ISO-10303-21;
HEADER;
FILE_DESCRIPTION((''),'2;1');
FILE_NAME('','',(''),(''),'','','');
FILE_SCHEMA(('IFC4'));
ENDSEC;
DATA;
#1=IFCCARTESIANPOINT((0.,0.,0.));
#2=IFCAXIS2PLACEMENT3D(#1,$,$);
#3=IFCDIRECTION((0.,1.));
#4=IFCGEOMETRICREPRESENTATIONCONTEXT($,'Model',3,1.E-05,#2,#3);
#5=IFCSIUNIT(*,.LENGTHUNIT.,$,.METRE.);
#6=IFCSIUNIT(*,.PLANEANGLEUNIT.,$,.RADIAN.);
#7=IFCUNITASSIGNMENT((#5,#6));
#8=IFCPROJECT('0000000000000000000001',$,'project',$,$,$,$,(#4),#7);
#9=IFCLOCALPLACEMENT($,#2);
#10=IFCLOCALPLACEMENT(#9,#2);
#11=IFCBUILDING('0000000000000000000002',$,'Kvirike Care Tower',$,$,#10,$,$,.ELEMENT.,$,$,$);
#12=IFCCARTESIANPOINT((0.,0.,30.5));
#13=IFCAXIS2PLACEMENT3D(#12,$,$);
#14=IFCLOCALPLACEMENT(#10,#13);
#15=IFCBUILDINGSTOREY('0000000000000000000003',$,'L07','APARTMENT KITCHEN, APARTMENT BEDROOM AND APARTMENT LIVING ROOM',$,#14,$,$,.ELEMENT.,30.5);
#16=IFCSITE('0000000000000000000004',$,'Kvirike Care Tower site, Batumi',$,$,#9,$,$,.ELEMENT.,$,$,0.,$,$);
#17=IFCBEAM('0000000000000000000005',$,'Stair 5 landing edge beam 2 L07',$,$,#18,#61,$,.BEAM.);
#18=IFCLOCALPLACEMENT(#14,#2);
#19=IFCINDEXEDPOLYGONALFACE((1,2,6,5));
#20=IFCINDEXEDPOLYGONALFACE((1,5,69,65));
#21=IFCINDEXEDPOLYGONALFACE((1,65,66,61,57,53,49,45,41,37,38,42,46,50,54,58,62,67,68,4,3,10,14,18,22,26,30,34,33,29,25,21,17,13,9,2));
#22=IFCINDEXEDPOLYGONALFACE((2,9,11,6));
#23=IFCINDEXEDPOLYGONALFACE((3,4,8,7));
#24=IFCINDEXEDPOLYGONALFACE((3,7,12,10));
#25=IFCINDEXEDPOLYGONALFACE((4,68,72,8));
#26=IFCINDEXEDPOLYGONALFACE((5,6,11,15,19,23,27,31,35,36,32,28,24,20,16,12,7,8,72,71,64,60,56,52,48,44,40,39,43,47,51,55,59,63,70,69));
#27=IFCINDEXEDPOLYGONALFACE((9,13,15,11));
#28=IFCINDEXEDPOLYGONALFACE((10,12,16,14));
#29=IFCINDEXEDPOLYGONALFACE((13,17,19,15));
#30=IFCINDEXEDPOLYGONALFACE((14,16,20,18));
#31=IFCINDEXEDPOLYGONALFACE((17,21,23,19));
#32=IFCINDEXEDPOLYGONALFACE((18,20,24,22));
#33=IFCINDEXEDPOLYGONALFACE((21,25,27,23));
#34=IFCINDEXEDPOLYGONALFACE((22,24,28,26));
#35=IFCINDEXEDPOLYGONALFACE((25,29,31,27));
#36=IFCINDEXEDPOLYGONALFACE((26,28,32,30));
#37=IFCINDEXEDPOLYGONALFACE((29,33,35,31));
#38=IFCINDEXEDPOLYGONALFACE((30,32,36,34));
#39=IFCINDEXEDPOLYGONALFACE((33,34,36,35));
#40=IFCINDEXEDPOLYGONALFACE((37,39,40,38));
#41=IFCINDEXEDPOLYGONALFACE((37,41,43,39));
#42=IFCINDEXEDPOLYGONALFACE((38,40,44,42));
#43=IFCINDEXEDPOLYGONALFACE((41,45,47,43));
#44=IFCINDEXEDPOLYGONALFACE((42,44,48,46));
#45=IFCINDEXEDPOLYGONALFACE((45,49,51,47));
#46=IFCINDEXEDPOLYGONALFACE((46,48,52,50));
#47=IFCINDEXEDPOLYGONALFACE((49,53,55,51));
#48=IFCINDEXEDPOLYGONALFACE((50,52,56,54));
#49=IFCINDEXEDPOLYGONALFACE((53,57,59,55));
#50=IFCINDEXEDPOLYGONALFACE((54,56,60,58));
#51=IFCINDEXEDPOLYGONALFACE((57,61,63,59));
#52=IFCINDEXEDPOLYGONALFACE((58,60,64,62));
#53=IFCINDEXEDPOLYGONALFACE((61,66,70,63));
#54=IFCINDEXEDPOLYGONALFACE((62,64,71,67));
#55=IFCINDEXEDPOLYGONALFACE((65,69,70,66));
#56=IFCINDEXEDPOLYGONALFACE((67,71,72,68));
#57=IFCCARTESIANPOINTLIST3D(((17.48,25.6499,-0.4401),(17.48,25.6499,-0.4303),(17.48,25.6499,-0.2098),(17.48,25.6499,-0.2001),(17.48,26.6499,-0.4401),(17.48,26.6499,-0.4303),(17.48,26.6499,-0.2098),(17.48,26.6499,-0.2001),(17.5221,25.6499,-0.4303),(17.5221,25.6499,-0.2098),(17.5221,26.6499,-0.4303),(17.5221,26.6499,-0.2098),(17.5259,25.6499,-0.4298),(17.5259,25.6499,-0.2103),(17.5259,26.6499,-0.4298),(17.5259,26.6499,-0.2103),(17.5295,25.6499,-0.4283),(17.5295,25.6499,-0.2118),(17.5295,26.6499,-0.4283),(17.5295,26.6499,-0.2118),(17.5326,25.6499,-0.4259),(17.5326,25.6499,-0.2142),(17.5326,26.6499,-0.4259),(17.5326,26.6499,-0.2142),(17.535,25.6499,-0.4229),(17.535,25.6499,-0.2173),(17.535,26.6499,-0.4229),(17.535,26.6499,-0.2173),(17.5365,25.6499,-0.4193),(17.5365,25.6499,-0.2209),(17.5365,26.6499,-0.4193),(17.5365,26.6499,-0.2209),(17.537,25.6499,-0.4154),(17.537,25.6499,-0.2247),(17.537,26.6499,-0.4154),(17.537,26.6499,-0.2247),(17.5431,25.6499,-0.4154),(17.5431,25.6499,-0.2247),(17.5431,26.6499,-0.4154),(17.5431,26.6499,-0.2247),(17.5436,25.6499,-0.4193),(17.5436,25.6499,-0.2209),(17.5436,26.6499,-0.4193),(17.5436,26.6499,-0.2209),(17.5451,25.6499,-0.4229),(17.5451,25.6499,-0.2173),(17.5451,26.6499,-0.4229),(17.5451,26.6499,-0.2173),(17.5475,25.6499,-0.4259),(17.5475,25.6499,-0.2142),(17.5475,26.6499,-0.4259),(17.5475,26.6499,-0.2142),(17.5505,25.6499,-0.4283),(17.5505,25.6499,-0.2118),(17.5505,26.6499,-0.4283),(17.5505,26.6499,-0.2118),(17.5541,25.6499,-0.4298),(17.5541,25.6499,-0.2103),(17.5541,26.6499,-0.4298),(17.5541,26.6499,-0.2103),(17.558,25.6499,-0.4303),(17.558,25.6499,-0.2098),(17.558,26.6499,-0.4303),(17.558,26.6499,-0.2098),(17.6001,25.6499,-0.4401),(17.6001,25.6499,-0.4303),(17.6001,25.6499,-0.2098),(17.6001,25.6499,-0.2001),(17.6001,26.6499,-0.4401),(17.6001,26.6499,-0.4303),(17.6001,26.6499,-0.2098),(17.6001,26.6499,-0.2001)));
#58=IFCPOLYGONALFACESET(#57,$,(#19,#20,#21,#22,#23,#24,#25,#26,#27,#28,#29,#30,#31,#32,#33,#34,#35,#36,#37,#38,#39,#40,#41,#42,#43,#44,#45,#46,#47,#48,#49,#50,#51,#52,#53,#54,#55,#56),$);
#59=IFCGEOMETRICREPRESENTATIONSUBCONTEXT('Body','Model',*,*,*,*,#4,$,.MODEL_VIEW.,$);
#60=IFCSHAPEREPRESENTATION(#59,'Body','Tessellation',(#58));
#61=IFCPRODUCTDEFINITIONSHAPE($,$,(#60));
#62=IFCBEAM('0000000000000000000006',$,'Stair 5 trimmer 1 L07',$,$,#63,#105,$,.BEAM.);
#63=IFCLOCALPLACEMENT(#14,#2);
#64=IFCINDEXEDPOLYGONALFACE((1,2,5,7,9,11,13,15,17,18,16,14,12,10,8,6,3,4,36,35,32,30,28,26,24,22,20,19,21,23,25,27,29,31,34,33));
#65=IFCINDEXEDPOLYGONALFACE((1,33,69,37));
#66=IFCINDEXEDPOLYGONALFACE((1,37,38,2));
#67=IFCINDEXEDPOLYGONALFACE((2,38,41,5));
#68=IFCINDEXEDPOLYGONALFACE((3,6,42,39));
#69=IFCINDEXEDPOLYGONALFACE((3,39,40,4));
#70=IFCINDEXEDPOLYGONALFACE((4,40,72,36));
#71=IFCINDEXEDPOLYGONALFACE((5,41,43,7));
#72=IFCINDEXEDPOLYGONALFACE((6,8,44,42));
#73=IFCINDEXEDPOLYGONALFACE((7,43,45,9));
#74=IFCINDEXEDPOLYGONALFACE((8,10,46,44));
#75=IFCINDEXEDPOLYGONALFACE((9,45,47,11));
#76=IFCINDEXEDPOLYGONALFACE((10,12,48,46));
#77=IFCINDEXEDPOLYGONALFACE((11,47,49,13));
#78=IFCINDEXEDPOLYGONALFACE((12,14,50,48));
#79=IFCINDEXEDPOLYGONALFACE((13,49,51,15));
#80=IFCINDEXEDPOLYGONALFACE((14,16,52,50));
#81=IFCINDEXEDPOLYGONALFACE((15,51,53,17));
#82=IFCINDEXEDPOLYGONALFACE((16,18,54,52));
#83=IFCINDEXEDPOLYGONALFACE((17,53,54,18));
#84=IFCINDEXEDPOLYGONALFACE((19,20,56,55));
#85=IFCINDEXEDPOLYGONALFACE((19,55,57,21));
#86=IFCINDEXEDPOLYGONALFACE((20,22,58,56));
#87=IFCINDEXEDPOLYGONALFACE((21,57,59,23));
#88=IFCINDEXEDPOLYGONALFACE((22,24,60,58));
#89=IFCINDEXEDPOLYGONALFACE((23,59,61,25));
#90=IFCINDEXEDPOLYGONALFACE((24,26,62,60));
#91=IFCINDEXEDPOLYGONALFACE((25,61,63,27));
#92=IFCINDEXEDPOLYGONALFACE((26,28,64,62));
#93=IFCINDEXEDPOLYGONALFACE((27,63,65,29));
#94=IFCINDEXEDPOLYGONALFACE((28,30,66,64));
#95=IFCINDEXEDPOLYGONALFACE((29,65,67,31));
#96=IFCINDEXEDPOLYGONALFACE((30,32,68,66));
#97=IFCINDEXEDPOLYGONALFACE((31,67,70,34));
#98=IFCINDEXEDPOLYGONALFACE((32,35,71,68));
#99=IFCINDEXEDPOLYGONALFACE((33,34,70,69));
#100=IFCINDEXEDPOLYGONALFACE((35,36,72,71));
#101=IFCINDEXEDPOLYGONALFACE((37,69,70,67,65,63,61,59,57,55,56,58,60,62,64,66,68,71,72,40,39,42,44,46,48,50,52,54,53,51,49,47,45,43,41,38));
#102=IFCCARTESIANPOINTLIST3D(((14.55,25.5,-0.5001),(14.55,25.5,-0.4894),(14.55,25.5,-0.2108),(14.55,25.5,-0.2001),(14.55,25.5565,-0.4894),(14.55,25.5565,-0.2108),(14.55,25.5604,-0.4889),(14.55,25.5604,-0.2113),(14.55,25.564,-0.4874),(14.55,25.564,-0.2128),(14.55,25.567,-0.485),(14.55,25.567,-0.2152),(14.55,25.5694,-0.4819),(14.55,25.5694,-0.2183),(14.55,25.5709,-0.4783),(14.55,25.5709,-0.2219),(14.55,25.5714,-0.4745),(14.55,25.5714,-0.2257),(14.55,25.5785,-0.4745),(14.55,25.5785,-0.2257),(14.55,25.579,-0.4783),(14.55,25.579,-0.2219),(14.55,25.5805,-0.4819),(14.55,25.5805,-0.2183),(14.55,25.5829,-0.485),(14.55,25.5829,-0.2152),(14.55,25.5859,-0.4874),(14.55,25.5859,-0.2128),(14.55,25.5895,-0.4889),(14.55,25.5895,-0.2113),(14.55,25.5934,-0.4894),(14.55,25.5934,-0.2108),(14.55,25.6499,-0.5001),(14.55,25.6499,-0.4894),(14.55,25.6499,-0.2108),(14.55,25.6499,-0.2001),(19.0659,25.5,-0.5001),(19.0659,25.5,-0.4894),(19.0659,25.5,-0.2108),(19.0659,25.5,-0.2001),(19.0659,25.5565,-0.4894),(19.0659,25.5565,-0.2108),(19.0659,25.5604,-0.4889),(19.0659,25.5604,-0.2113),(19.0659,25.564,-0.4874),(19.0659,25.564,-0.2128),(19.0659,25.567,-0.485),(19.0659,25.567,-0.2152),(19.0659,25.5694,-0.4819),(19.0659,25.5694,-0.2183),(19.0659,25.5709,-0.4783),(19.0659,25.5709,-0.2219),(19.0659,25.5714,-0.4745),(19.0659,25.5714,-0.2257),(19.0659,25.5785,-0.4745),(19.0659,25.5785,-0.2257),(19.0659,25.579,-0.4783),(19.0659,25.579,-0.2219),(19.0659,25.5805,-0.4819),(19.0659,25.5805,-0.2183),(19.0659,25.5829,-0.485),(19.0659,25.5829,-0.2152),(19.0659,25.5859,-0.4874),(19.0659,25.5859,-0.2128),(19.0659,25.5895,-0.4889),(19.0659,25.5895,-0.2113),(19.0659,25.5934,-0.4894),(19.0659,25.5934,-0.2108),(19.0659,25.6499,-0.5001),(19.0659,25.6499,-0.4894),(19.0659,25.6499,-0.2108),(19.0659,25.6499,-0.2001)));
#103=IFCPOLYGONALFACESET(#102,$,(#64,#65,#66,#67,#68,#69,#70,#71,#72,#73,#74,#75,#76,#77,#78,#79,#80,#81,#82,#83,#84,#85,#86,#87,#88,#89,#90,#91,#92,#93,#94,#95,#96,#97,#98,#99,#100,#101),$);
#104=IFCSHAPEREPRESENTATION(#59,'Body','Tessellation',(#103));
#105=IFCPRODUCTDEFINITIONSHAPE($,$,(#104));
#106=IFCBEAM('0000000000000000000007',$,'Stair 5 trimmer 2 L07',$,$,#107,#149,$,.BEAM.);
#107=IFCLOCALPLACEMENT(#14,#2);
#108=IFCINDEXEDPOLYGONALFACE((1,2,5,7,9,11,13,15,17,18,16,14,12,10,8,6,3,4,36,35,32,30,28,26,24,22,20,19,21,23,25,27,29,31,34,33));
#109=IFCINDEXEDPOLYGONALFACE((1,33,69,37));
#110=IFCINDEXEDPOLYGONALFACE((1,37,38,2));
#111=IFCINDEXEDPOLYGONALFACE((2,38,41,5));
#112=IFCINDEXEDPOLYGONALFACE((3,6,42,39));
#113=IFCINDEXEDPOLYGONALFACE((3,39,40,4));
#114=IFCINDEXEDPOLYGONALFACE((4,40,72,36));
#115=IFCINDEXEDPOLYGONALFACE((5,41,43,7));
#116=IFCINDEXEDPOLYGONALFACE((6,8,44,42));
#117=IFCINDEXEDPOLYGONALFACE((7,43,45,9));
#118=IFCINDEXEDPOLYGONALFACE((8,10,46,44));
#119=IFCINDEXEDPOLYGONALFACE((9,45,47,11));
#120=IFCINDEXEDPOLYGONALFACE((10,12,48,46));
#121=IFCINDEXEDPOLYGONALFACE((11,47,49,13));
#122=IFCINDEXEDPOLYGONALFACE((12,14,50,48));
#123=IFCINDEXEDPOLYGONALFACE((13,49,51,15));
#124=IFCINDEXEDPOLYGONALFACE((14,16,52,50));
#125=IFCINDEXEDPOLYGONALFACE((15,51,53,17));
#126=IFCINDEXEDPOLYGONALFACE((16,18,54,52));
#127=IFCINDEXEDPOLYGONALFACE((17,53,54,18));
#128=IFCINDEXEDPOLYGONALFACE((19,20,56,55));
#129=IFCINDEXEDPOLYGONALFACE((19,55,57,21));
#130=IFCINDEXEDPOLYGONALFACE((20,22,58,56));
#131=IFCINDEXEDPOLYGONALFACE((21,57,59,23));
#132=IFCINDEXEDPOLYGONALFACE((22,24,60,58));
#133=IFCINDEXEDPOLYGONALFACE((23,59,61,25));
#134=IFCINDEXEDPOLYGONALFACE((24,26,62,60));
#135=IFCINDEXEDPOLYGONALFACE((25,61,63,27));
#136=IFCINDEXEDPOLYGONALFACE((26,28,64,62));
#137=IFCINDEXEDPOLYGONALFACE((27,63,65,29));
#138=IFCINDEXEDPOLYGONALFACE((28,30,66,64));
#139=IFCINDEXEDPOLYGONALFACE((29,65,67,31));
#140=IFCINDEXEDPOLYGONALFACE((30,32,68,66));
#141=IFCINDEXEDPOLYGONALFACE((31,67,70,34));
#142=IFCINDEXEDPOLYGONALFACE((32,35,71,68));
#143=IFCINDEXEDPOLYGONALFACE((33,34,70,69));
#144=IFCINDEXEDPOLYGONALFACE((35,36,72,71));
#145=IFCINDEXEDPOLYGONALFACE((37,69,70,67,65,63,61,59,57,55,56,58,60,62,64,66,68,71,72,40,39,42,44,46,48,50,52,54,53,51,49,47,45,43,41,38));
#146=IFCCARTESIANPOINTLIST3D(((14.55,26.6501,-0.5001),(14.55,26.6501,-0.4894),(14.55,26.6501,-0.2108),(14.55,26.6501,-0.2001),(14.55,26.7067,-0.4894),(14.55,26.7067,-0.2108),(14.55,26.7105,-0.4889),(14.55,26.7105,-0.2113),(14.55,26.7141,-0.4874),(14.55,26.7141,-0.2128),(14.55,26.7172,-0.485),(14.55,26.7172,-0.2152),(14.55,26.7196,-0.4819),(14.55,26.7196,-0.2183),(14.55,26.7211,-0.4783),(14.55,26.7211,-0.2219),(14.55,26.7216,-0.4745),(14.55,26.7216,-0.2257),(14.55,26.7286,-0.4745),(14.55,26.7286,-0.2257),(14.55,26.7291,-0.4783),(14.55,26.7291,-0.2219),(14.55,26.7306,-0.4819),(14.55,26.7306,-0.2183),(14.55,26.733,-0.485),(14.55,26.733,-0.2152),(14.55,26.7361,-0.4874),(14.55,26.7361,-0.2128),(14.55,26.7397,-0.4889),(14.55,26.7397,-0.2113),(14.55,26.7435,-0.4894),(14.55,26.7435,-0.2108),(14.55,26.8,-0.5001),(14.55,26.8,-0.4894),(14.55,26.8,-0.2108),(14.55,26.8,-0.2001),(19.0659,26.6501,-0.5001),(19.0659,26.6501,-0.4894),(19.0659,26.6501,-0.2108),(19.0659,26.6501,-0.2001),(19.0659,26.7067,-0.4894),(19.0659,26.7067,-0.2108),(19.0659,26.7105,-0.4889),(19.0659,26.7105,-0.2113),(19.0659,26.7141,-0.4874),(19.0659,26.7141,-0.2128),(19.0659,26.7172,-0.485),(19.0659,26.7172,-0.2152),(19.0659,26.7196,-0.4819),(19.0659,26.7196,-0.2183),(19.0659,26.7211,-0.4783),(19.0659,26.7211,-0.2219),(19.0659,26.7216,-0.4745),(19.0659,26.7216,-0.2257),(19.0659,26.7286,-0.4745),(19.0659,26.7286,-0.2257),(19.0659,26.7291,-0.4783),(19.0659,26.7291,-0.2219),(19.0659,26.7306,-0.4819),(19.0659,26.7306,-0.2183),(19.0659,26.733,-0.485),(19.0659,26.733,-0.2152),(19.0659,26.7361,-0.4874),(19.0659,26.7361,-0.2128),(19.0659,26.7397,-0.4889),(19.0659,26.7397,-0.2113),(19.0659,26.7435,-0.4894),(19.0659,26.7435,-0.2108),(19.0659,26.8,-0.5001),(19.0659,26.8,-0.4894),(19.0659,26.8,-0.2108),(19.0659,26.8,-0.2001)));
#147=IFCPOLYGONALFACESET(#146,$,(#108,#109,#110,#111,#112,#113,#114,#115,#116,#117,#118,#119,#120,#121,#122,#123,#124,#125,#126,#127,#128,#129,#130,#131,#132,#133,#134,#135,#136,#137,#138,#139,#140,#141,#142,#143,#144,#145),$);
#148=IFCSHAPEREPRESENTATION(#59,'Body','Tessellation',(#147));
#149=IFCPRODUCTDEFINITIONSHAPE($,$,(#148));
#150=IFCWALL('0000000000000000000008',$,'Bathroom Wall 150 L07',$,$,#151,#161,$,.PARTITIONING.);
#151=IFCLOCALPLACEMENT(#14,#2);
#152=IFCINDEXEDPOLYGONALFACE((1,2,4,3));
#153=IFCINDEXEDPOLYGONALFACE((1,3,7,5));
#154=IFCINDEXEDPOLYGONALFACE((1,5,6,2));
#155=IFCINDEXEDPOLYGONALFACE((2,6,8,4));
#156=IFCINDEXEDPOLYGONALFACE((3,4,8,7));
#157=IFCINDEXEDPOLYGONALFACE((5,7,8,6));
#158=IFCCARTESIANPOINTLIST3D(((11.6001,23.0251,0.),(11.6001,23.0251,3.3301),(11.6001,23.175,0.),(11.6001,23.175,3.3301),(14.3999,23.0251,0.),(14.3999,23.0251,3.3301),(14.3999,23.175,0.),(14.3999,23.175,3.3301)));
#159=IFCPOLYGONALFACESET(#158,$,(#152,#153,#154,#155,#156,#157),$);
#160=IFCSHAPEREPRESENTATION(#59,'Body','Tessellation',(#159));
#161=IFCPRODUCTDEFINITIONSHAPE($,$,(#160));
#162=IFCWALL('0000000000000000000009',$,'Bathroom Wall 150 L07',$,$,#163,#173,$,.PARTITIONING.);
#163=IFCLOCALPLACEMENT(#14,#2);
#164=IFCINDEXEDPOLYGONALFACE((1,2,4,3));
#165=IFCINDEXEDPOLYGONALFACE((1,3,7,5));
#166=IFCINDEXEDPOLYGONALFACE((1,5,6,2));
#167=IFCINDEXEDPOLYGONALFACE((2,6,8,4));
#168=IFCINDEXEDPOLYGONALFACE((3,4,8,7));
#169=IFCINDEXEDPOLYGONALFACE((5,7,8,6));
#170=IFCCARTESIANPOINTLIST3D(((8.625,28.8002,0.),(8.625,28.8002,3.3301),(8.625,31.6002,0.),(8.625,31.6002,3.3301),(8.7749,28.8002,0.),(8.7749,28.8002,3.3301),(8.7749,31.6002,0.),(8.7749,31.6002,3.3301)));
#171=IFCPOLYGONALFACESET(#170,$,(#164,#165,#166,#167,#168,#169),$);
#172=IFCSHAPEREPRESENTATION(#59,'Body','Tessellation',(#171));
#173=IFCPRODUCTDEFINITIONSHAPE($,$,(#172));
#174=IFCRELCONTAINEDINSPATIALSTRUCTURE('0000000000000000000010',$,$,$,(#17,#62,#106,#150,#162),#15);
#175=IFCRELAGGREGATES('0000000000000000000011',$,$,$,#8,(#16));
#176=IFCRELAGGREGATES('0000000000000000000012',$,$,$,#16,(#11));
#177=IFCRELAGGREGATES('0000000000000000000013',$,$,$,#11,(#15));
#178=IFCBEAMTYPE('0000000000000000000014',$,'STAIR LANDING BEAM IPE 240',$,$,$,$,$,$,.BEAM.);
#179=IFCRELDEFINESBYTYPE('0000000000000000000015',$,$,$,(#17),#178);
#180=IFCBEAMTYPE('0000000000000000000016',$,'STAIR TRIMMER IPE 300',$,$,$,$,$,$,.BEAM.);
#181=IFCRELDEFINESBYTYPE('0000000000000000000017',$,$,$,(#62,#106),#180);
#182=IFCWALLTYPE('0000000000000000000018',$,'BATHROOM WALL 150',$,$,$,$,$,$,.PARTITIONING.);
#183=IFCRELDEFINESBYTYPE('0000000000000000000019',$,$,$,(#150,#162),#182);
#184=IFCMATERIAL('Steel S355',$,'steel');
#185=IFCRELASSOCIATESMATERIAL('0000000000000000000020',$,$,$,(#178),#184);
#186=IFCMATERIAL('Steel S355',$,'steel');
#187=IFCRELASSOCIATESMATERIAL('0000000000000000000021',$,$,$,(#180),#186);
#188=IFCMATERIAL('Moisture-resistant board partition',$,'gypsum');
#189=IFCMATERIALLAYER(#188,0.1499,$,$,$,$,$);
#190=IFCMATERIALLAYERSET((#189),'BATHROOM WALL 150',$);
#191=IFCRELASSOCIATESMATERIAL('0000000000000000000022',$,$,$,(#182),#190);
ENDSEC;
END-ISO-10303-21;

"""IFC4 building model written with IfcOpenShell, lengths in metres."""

from ifc_helpers import new_model, si_unit, direction, frame, frame_2d, origin, origin_2d, place, context, subcontext, project, spatial, rectangle, i_section, extrude, material, layer, layer_set, material_profile, profile_set, type_object, element, save


model = new_model("IFC4")

# Units and contexts
model_context = context("Model", 3, precision=1e-05, world=origin(), true_north=direction((0.0, 1.0)))
body_context = subcontext(model_context, "Body", "Model", "MODEL_VIEW")
ifc_project = project(units=[si_unit("LENGTHUNIT", "METRE"), si_unit("PLANEANGLEUNIT", "RADIAN")], contexts=[model_context])

# Site, building, storey
site_placement = place(None, origin())
site = spatial("IfcSite", under=ifc_project, at=site_placement, Name="Kvirike Care Tower site, Batumi", CompositionType="ELEMENT", RefElevation=0.0)
building_placement = place(site_placement, origin())
building = spatial("IfcBuilding", under=site, at=building_placement, Name="Kvirike Care Tower", CompositionType="ELEMENT")
storey_placement = place(building_placement, frame((0.0, 0.0, 30.5)))
storey = spatial("IfcBuildingStorey", under=building, at=storey_placement, Name="L07", Description="APARTMENT KITCHEN, APARTMENT BEDROOM AND APARTMENT LIVING ROOM", CompositionType="ELEMENT", Elevation=30.5)

# Beams
ifc_material_1 = material(Name="Steel S355", Category="steel")
ifc_material_profile_1 = material_profile(ifc_material_1, i_section(OverallWidth=0.1201, OverallDepth=0.24, WebThickness=0.0061, FlangeThickness=0.0098, FilletRadius=0.0149, at=origin_2d()), Name="IPE 240")
ifc_profile_set_1 = profile_set([ifc_material_profile_1], Name="Steel S355")
beam_type_1 = type_object("IfcBeamType", Name="STAIR LANDING BEAM IPE 240", PredefinedType="BEAM", material=ifc_profile_set_1)
for number, where, z_axis, x_axis, name in (
    (1, (17.54, 25.6499, -0.3201), (0.0, 1.0, 0.0), (-1.0, 0.0, 0.0), "Stair 5 landing edge beam 2 L07"),
):
    element("IfcBeam", number, at=place(storey_placement, frame(where, z_axis=z_axis, x_axis=x_axis)), inside=storey, type_object=beam_type_1, Name=name, PredefinedType="BEAM", context=body_context, shape_type="SweptSolid", body=[
        extrude(i_section(OverallWidth=0.1201, OverallDepth=0.24, WebThickness=0.0061, FlangeThickness=0.0098, FilletRadius=0.0149, at=origin_2d()), origin(), (0.0, 0.0, 1.0), 1.0),
    ])
ifc_material_2 = material(Name="Steel S355", Category="steel")
ifc_material_profile_2 = material_profile(ifc_material_2, i_section(OverallWidth=0.1499, OverallDepth=0.3, WebThickness=0.0071, FlangeThickness=0.0107, FilletRadius=0.0149, at=origin_2d()), Name="IPE 300")
ifc_profile_set_2 = profile_set([ifc_material_profile_2], Name="Steel S355")
beam_type_2 = type_object("IfcBeamType", Name="STAIR TRIMMER IPE 300", PredefinedType="BEAM", material=ifc_profile_set_2)
for number, where, z_axis, x_axis, name in (
    (2, (14.55, 25.575, -0.3501), (1.0, 0.0, 0.0), (0.0, 1.0, 0.0), "Stair 5 trimmer 1 L07"),
    (3, (14.55, 26.7251, -0.3501), (1.0, 0.0, 0.0), (0.0, 1.0, 0.0), "Stair 5 trimmer 2 L07"),
):
    element("IfcBeam", number, at=place(storey_placement, frame(where, z_axis=z_axis, x_axis=x_axis)), inside=storey, type_object=beam_type_2, Name=name, PredefinedType="BEAM", context=body_context, shape_type="SweptSolid", body=[
        extrude(i_section(OverallWidth=0.1499, OverallDepth=0.3, WebThickness=0.0071, FlangeThickness=0.0107, FilletRadius=0.0149, at=origin_2d()), origin(), (0.0, 0.0, 1.0), 4.5159),
    ])

# Walls
ifc_material_3 = material(Name="Moisture-resistant board partition", Category="gypsum")
ifc_layer_1 = layer(ifc_material_3, 0.1499)
ifc_layer_set_1 = layer_set([ifc_layer_1], Name="BATHROOM WALL 150")
wall_type_1 = type_object("IfcWallType", Name="BATHROOM WALL 150", PredefinedType="PARTITIONING", material=ifc_layer_set_1)
wall_1_placement = place(storey_placement, frame((11.6001, 23.1001, 0.0), z_axis=(0.0, 0.0, 1.0), x_axis=(1.0, 0.0, 0.0)))
element("IfcWall", 4, at=wall_1_placement, inside=storey, type_object=wall_type_1, Name="Bathroom Wall 150 L07", PredefinedType="PARTITIONING", context=body_context, shape_type="SweptSolid", body=[
    extrude(rectangle(XDim=2.7998, YDim=0.1499, at=frame_2d((1.3999, 0.0))), origin(), (0.0, 0.0, 1.0), 3.3301),
])
wall_2_placement = place(storey_placement, frame((8.7, 31.6001, 0.0), z_axis=(0.0, 0.0, 1.0), x_axis=(0.0, -1.0, 0.0)))
element("IfcWall", 5, at=wall_2_placement, inside=storey, type_object=wall_type_1, Name="Bathroom Wall 150 L07", PredefinedType="PARTITIONING", context=body_context, shape_type="SweptSolid", body=[
    extrude(rectangle(XDim=2.8, YDim=0.1499, at=frame_2d((1.3999, 0.0))), origin(), (0.0, 0.0, 1.0), 3.3301),
])

save(model, "model.ifc")
